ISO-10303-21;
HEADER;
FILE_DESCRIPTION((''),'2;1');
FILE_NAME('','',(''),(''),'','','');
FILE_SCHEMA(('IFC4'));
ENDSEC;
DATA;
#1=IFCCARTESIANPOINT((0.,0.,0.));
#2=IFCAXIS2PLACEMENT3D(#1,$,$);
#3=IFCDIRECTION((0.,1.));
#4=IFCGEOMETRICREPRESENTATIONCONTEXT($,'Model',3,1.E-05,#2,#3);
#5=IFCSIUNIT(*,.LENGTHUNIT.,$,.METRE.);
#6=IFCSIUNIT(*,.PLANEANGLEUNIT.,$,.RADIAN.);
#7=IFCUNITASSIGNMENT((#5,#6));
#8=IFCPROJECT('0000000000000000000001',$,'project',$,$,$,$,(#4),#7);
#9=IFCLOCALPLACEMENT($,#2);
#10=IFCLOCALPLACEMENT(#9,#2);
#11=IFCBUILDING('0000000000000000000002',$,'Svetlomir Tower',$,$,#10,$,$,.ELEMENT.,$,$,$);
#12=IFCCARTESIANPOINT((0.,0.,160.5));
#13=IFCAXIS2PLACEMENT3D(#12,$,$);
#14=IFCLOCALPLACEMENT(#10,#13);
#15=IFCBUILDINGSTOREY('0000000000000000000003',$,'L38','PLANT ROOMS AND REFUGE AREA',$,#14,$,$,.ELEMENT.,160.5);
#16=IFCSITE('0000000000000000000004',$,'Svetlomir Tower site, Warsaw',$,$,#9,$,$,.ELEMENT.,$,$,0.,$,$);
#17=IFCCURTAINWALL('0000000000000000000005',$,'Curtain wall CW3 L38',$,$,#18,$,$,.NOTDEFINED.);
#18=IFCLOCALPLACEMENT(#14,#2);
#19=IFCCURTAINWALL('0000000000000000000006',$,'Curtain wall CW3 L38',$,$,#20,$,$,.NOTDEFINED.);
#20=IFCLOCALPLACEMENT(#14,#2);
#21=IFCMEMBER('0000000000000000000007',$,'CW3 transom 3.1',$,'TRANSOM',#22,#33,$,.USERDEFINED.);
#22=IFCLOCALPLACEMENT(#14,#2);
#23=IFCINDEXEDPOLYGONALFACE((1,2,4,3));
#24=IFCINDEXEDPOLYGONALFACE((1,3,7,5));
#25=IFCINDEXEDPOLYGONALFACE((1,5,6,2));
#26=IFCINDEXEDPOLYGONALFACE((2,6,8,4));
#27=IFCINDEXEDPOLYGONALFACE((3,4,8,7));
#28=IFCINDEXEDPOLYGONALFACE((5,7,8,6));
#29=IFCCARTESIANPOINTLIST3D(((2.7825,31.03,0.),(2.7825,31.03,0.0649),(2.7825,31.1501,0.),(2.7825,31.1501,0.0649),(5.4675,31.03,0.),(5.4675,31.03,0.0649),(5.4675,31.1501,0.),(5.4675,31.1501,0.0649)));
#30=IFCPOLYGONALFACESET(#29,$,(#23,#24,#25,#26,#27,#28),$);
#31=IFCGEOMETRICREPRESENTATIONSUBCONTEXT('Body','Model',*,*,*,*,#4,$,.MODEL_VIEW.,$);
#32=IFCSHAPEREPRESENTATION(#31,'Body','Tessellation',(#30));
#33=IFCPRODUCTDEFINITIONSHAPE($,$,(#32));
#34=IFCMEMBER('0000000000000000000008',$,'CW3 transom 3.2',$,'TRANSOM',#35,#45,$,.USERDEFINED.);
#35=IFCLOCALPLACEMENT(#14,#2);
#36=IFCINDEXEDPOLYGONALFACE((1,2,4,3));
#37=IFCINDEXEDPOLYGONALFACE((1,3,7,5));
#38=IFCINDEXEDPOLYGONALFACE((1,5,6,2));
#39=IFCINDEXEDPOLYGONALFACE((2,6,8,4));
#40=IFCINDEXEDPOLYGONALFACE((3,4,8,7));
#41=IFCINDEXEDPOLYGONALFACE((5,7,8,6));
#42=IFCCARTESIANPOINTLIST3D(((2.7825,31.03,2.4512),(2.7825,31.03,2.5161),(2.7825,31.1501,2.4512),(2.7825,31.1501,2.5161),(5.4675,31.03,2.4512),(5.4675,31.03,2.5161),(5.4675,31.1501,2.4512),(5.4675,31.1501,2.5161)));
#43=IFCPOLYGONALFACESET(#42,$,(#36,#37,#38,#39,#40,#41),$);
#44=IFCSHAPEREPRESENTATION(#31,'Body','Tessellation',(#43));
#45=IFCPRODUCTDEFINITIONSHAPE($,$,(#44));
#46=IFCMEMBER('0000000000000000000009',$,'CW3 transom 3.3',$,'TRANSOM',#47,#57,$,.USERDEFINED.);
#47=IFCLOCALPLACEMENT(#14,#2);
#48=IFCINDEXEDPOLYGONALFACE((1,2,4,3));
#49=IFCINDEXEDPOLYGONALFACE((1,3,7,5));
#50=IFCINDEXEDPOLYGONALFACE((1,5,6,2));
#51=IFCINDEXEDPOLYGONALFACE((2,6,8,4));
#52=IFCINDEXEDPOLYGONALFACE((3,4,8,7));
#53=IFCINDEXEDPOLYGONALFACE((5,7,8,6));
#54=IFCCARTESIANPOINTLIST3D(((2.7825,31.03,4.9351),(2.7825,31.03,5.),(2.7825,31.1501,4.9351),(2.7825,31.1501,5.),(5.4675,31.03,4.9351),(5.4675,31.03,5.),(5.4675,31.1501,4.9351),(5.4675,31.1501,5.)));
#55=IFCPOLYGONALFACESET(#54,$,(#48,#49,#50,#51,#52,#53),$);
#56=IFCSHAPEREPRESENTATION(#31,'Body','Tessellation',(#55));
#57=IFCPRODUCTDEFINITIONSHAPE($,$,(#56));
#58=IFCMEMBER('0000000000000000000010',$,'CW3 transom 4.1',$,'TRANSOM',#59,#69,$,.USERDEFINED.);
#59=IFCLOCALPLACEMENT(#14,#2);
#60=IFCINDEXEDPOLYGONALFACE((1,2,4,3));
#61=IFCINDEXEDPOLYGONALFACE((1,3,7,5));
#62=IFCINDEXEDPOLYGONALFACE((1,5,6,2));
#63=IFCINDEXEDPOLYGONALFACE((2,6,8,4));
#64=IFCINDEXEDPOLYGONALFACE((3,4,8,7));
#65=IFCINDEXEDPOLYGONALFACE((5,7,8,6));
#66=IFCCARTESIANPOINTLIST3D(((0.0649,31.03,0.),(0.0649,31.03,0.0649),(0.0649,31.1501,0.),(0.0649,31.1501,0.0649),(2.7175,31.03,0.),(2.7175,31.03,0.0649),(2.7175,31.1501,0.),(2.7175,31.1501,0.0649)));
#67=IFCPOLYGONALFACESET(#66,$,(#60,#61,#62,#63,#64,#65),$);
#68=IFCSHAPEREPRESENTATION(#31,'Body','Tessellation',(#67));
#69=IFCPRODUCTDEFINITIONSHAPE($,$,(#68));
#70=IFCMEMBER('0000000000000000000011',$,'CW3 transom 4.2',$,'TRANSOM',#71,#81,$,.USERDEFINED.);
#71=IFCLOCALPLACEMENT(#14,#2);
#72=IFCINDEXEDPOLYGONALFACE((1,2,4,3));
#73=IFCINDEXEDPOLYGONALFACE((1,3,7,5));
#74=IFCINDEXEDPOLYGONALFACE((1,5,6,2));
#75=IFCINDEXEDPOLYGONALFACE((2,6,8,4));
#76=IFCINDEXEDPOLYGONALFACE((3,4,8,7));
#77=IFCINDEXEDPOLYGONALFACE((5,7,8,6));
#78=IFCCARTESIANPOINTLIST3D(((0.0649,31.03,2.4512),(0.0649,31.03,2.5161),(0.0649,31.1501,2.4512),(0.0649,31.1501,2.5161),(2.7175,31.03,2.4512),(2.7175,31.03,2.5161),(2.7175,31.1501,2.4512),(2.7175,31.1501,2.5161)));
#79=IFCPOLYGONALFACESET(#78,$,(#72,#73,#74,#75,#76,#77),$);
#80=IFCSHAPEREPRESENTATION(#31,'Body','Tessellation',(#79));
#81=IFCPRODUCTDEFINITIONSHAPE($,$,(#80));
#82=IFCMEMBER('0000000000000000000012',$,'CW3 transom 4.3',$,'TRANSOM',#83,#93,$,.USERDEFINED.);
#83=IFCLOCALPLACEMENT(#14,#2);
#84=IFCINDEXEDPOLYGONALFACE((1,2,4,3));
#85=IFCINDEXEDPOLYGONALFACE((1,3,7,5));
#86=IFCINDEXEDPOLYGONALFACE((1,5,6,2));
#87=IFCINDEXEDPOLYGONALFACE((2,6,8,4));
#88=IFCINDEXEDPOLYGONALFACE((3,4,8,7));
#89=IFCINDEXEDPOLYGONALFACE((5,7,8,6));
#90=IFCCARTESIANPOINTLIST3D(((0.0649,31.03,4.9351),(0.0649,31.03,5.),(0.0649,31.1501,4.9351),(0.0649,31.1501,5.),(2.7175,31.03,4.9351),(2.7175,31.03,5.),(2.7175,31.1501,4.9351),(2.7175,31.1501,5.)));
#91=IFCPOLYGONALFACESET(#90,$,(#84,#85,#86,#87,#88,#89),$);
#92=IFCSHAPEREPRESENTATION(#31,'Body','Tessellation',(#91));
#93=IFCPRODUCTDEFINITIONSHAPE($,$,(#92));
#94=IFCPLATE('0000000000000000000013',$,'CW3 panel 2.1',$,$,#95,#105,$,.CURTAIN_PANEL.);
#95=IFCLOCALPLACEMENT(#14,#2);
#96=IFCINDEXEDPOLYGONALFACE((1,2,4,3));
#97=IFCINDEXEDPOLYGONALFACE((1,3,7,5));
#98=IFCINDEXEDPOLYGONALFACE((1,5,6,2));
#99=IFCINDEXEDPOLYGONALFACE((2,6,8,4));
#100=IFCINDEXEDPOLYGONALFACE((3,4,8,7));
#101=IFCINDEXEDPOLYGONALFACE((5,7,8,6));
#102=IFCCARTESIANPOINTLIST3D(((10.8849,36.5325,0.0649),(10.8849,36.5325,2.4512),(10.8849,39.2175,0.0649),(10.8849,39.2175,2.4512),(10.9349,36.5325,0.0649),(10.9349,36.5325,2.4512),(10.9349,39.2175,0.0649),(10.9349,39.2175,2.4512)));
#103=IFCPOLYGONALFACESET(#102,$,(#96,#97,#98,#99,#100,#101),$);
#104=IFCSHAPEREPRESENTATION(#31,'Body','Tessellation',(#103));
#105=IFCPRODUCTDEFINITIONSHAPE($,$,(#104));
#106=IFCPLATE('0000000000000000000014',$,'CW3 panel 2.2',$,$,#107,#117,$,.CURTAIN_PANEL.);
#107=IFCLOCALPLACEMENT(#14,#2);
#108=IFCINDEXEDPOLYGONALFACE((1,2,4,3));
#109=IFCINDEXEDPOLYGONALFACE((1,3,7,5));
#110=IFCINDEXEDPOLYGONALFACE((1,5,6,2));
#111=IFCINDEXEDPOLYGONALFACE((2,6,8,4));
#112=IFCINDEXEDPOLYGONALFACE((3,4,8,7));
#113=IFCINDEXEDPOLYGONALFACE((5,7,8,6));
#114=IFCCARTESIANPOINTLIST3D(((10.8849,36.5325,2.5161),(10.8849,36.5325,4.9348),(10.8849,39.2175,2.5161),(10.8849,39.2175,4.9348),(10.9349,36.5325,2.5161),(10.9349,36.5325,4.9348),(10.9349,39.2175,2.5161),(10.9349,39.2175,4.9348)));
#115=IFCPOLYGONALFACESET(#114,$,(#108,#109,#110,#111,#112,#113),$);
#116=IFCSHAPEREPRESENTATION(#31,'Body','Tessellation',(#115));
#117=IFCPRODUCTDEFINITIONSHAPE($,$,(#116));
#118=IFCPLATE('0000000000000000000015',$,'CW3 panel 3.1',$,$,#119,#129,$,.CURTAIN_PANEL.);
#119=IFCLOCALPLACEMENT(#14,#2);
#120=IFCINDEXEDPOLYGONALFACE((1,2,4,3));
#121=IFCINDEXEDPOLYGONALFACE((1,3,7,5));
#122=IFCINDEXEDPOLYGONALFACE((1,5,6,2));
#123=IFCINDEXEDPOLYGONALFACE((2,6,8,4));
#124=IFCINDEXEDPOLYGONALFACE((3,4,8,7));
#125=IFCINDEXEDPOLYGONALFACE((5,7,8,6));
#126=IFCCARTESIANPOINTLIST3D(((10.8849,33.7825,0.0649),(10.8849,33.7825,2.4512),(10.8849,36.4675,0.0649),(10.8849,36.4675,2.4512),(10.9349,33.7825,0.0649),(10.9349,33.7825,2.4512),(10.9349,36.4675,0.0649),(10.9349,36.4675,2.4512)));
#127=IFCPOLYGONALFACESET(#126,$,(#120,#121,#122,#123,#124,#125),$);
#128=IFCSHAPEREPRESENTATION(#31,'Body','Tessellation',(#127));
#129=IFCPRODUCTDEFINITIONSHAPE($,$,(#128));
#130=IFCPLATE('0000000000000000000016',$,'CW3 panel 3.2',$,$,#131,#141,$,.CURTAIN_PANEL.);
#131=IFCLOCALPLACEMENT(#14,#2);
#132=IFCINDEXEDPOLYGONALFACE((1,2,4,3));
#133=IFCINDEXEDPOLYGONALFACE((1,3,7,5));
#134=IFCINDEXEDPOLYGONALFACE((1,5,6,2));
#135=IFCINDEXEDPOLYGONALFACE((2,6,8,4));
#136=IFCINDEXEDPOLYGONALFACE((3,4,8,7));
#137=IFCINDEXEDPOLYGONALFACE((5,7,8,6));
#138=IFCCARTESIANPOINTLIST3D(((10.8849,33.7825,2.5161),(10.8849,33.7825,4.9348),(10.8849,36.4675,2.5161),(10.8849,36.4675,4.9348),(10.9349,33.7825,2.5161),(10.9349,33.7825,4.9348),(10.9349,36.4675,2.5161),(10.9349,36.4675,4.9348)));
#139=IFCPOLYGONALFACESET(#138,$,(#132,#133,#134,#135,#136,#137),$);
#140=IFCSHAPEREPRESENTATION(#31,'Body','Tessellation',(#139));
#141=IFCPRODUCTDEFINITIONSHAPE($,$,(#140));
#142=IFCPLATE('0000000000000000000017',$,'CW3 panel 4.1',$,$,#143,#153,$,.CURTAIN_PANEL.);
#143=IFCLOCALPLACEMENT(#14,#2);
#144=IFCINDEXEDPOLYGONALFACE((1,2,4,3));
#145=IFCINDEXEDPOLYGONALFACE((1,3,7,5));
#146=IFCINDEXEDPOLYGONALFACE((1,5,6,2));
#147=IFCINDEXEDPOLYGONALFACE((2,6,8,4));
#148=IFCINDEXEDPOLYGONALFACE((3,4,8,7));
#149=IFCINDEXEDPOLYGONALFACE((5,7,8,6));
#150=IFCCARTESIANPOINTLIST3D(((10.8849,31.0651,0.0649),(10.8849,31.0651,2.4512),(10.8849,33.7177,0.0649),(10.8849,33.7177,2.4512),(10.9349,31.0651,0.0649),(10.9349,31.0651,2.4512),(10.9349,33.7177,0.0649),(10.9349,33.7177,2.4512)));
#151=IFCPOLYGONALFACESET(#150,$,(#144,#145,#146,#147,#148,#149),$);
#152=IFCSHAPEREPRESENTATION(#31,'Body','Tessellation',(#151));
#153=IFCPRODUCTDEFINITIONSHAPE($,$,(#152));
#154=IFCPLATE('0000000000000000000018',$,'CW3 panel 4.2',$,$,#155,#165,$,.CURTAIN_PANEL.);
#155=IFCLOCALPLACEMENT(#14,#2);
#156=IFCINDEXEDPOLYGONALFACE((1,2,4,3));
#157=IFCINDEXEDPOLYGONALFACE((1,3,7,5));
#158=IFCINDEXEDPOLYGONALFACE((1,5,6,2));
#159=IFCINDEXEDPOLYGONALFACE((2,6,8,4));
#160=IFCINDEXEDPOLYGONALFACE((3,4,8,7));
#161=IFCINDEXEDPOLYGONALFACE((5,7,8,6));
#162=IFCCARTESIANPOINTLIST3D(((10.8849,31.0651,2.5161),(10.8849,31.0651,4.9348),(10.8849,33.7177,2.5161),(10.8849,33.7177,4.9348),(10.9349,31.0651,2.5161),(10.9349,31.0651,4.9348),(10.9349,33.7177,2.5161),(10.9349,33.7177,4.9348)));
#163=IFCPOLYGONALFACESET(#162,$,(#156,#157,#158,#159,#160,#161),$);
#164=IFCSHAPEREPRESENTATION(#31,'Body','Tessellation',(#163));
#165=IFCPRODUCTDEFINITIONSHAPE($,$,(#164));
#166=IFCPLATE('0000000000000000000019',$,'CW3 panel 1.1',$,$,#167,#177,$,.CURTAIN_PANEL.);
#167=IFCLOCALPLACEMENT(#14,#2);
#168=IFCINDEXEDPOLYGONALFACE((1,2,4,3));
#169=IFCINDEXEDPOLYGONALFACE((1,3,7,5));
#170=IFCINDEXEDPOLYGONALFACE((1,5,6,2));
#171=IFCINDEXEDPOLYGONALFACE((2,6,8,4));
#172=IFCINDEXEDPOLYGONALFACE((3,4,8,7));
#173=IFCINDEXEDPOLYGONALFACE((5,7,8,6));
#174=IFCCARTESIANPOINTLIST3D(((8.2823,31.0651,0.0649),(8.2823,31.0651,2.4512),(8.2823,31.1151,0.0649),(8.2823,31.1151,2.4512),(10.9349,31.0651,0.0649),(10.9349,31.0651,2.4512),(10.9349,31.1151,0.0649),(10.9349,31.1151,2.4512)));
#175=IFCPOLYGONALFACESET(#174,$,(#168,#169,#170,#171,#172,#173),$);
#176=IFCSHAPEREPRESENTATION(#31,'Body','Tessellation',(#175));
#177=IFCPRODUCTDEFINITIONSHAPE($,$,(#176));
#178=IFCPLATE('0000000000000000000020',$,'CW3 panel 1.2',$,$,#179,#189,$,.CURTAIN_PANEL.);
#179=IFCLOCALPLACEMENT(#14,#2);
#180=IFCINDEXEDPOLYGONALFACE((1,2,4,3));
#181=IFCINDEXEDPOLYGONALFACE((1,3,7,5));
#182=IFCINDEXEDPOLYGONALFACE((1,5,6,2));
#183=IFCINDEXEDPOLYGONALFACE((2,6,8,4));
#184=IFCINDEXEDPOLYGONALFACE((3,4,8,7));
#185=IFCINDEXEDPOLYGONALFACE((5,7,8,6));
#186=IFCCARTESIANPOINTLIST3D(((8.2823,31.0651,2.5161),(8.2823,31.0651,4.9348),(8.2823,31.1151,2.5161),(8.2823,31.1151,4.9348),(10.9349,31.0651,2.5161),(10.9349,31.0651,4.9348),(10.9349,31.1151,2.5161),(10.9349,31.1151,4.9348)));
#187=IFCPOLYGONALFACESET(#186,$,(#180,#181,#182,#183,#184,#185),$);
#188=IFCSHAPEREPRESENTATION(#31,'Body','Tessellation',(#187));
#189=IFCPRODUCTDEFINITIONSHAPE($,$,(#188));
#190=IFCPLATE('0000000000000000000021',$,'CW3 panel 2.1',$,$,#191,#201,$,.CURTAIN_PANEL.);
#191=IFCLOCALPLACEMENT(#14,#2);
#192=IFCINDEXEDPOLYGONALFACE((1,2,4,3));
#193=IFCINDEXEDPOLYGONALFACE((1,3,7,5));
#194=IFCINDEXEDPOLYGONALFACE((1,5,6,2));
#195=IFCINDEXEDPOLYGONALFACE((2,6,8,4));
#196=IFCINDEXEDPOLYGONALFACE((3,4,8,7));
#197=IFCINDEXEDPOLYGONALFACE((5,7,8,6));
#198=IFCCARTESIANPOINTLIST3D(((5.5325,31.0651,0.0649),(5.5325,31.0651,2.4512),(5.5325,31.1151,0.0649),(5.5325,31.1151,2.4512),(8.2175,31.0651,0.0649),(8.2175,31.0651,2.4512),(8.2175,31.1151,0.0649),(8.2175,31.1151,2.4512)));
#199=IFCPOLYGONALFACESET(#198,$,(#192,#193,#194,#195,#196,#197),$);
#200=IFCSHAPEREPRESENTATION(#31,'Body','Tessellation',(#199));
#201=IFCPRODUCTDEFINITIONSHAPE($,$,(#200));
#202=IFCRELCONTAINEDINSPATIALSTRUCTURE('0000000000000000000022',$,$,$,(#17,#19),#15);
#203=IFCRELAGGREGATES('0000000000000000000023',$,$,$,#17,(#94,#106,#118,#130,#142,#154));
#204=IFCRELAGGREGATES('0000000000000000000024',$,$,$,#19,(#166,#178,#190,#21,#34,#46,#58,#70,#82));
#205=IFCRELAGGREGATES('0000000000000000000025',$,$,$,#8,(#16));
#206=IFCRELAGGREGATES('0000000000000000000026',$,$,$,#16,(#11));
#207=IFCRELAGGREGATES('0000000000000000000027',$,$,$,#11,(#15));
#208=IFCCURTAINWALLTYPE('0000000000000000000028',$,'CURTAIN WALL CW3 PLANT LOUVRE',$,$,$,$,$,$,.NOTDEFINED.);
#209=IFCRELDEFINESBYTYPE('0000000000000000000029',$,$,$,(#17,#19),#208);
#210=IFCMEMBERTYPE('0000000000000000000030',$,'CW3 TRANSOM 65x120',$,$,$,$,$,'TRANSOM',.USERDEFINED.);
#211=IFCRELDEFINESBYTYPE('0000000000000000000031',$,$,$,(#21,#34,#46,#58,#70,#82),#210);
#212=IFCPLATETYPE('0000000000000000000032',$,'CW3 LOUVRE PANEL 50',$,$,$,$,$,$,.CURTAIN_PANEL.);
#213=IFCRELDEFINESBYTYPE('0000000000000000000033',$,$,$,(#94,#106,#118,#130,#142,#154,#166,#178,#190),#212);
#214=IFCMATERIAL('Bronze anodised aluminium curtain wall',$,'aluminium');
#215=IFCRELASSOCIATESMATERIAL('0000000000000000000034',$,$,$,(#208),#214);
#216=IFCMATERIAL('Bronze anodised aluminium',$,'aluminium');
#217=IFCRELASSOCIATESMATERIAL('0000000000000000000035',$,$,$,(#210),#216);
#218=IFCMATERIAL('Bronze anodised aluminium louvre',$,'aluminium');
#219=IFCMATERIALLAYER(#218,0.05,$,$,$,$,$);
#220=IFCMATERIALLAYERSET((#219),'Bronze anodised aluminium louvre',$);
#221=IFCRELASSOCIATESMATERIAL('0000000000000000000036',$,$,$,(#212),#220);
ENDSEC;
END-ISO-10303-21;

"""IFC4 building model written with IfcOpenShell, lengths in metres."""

from ifc_helpers import new_model, si_unit, direction, frame, origin, origin_2d, place, context, subcontext, project, spatial, rectangle, extrude, material, layer, layer_set, material_profile, profile_set, type_object, element, aggregate, save


model = new_model("IFC4")

# Units and contexts
model_context = context("Model", 3, precision=1e-05, world=origin(), true_north=direction((0.0, 1.0)))
body_context = subcontext(model_context, "Body", "Model", "MODEL_VIEW")
ifc_project = project(units=[si_unit("LENGTHUNIT", "METRE"), si_unit("PLANEANGLEUNIT", "RADIAN")], contexts=[model_context])

# Site, building, storey
site_placement = place(None, origin())
site = spatial("IfcSite", under=ifc_project, at=site_placement, Name="Svetlomir Tower site, Warsaw", CompositionType="ELEMENT", RefElevation=0.0)
building_placement = place(site_placement, origin())
building = spatial("IfcBuilding", under=site, at=building_placement, Name="Svetlomir Tower", CompositionType="ELEMENT")
storey_placement = place(building_placement, frame((0.0, 0.0, 160.5)))
storey = spatial("IfcBuildingStorey", under=building, at=storey_placement, Name="L38", Description="PLANT ROOMS AND REFUGE AREA", CompositionType="ELEMENT", Elevation=160.5)

# Curtain walls
ifc_material_1 = material(Name="Bronze anodised aluminium curtain wall", Category="aluminium")
curtain_wall_type = type_object("IfcCurtainWallType", Name="CURTAIN WALL CW3 PLANT LOUVRE", PredefinedType="NOTDEFINED", material=ifc_material_1)
curtain_wall_1_placement = place(storey_placement, origin())
curtain_wall_1 = element("IfcCurtainWall", 1, at=curtain_wall_1_placement, inside=storey, type_object=curtain_wall_type, Name="Curtain wall CW3 L38", PredefinedType="NOTDEFINED")
curtain_wall_2_placement = place(storey_placement, origin())
curtain_wall_2 = element("IfcCurtainWall", 2, at=curtain_wall_2_placement, inside=storey, type_object=curtain_wall_type, Name="Curtain wall CW3 L38", PredefinedType="NOTDEFINED")

# Members
ifc_material_2 = material(Name="Bronze anodised aluminium", Category="aluminium")
ifc_material_profile_1 = material_profile(ifc_material_2, rectangle(XDim=0.1201, YDim=0.0649, at=origin_2d()), Name="AL 120x65")
ifc_profile_set_1 = profile_set([ifc_material_profile_1], Name="Bronze anodised aluminium 6063-T6")
member_type_1 = type_object("IfcMemberType", Name="CW3 TRANSOM 65x120", ElementType="TRANSOM", PredefinedType="USERDEFINED", material=ifc_profile_set_1)
member_1_placement = place(storey_placement, frame((5.4675, 31.0901, 0.0325), z_axis=(-1.0, 0.0, 0.0), x_axis=(0.0, -1.0, 0.0)))
member_1 = element("IfcMember", 3, at=member_1_placement, type_object=member_type_1, Name="CW3 transom 3.1", ObjectType="TRANSOM", PredefinedType="USERDEFINED", context=body_context, shape_type="SweptSolid", body=[
    extrude(rectangle(XDim=0.1201, YDim=0.0649, at=origin_2d()), origin(), (0.0, 0.0, 1.0), 2.6851),
])
member_2_placement = place(storey_placement, frame((5.4675, 31.0901, 2.4836), z_axis=(-1.0, 0.0, 0.0), x_axis=(0.0, -1.0, 0.0)))
member_2 = element("IfcMember", 4, at=member_2_placement, type_object=member_type_1, Name="CW3 transom 3.2", ObjectType="TRANSOM", PredefinedType="USERDEFINED", context=body_context, shape_type="SweptSolid", body=[
    extrude(rectangle(XDim=0.1201, YDim=0.0649, at=origin_2d()), origin(), (0.0, 0.0, 1.0), 2.6851),
])
member_3_placement = place(storey_placement, frame((5.4675, 31.0901, 4.9675), z_axis=(-1.0, 0.0, 0.0), x_axis=(0.0, -1.0, 0.0)))
member_3 = element("IfcMember", 5, at=member_3_placement, type_object=member_type_1, Name="CW3 transom 3.3", ObjectType="TRANSOM", PredefinedType="USERDEFINED", context=body_context, shape_type="SweptSolid", body=[
    extrude(rectangle(XDim=0.1201, YDim=0.0649, at=origin_2d()), origin(), (0.0, 0.0, 1.0), 2.6851),
])
member_4_placement = place(storey_placement, frame((2.7175, 31.0901, 0.0325), z_axis=(-1.0, 0.0, 0.0), x_axis=(0.0, -1.0, 0.0)))
member_4 = element("IfcMember", 6, at=member_4_placement, type_object=member_type_1, Name="CW3 transom 4.1", ObjectType="TRANSOM", PredefinedType="USERDEFINED", context=body_context, shape_type="SweptSolid", body=[
    extrude(rectangle(XDim=0.1201, YDim=0.0649, at=origin_2d()), origin(), (0.0, 0.0, 1.0), 2.6526),
])
member_5_placement = place(storey_placement, frame((2.7175, 31.0901, 2.4836), z_axis=(-1.0, 0.0, 0.0), x_axis=(0.0, -1.0, 0.0)))
member_5 = element("IfcMember", 7, at=member_5_placement, type_object=member_type_1, Name="CW3 transom 4.2", ObjectType="TRANSOM", PredefinedType="USERDEFINED", context=body_context, shape_type="SweptSolid", body=[
    extrude(rectangle(XDim=0.1201, YDim=0.0649, at=origin_2d()), origin(), (0.0, 0.0, 1.0), 2.6526),
])
member_6_placement = place(storey_placement, frame((2.7175, 31.0901, 4.9675), z_axis=(-1.0, 0.0, 0.0), x_axis=(0.0, -1.0, 0.0)))
member_6 = element("IfcMember", 8, at=member_6_placement, type_object=member_type_1, Name="CW3 transom 4.3", ObjectType="TRANSOM", PredefinedType="USERDEFINED", context=body_context, shape_type="SweptSolid", body=[
    extrude(rectangle(XDim=0.1201, YDim=0.0649, at=origin_2d()), origin(), (0.0, 0.0, 1.0), 2.6526),
])

# Plates
ifc_material_3 = material(Name="Bronze anodised aluminium louvre", Category="aluminium")
ifc_layer = layer(ifc_material_3, 0.05)
ifc_layer_set = layer_set([ifc_layer], Name="Bronze anodised aluminium louvre")
plate_type = type_object("IfcPlateType", Name="CW3 LOUVRE PANEL 50", PredefinedType="CURTAIN_PANEL", material=ifc_layer_set)
plate_1_placement = place(storey_placement, frame((10.9099, 37.875, 0.0649), z_axis=(0.0, 0.0, 1.0), x_axis=(0.0, -1.0, 0.0)))
plate_1 = element("IfcPlate", 9, at=plate_1_placement, type_object=plate_type, Name="CW3 panel 2.1", PredefinedType="CURTAIN_PANEL", context=body_context, shape_type="SweptSolid", body=[
    extrude(rectangle(XDim=2.6851, YDim=0.05, at=origin_2d()), origin(), (0.0, 0.0, 1.0), 2.3862),
])
plate_2_placement = place(storey_placement, frame((10.9099, 37.875, 2.5161), z_axis=(0.0, 0.0, 1.0), x_axis=(0.0, -1.0, 0.0)))
plate_2 = element("IfcPlate", 10, at=plate_2_placement, type_object=plate_type, Name="CW3 panel 2.2", PredefinedType="CURTAIN_PANEL", context=body_context, shape_type="SweptSolid", body=[
    extrude(rectangle(XDim=2.6851, YDim=0.05, at=origin_2d()), origin(), (0.0, 0.0, 1.0), 2.4187),
])
plate_3_placement = place(storey_placement, frame((10.9099, 35.125, 0.0649), z_axis=(0.0, 0.0, 1.0), x_axis=(0.0, -1.0, 0.0)))
plate_3 = element("IfcPlate", 11, at=plate_3_placement, type_object=plate_type, Name="CW3 panel 3.1", PredefinedType="CURTAIN_PANEL", context=body_context, shape_type="SweptSolid", body=[
    extrude(rectangle(XDim=2.6851, YDim=0.05, at=origin_2d()), origin(), (0.0, 0.0, 1.0), 2.3862),
])
plate_4_placement = place(storey_placement, frame((10.9099, 35.125, 2.5161), z_axis=(0.0, 0.0, 1.0), x_axis=(0.0, -1.0, 0.0)))
plate_4 = element("IfcPlate", 12, at=plate_4_placement, type_object=plate_type, Name="CW3 panel 3.2", PredefinedType="CURTAIN_PANEL", context=body_context, shape_type="SweptSolid", body=[
    extrude(rectangle(XDim=2.6851, YDim=0.05, at=origin_2d()), origin(), (0.0, 0.0, 1.0), 2.4187),
])
plate_5_placement = place(storey_placement, frame((10.9099, 32.3914, 0.0649), z_axis=(0.0, 0.0, 1.0), x_axis=(0.0, -1.0, 0.0)))
plate_5 = element("IfcPlate", 13, at=plate_5_placement, type_object=plate_type, Name="CW3 panel 4.1", PredefinedType="CURTAIN_PANEL", context=body_context, shape_type="SweptSolid", body=[
    extrude(rectangle(XDim=2.6526, YDim=0.05, at=origin_2d()), origin(), (0.0, 0.0, 1.0), 2.3862),
])
plate_6_placement = place(storey_placement, frame((10.9099, 32.3914, 2.5161), z_axis=(0.0, 0.0, 1.0), x_axis=(0.0, -1.0, 0.0)))
plate_6 = element("IfcPlate", 14, at=plate_6_placement, type_object=plate_type, Name="CW3 panel 4.2", PredefinedType="CURTAIN_PANEL", context=body_context, shape_type="SweptSolid", body=[
    extrude(rectangle(XDim=2.6526, YDim=0.05, at=origin_2d()), origin(), (0.0, 0.0, 1.0), 2.4187),
])
aggregate(curtain_wall_1, [plate_1, plate_2, plate_3, plate_4, plate_5, plate_6])
plate_7_placement = place(storey_placement, frame((9.6086, 31.0901, 0.0649), z_axis=(0.0, 0.0, 1.0), x_axis=(-1.0, 0.0, 0.0)))
plate_7 = element("IfcPlate", 15, at=plate_7_placement, type_object=plate_type, Name="CW3 panel 1.1", PredefinedType="CURTAIN_PANEL", context=body_context, shape_type="SweptSolid", body=[
    extrude(rectangle(XDim=2.6526, YDim=0.05, at=origin_2d()), origin(), (0.0, 0.0, 1.0), 2.3862),
])
plate_8_placement = place(storey_placement, frame((9.6086, 31.0901, 2.5161), z_axis=(0.0, 0.0, 1.0), x_axis=(-1.0, 0.0, 0.0)))
plate_8 = element("IfcPlate", 16, at=plate_8_placement, type_object=plate_type, Name="CW3 panel 1.2", PredefinedType="CURTAIN_PANEL", context=body_context, shape_type="SweptSolid", body=[
    extrude(rectangle(XDim=2.6526, YDim=0.05, at=origin_2d()), origin(), (0.0, 0.0, 1.0), 2.4187),
])
plate_9_placement = place(storey_placement, frame((6.875, 31.0901, 0.0649), z_axis=(0.0, 0.0, 1.0), x_axis=(-1.0, 0.0, 0.0)))
plate_9 = element("IfcPlate", 17, at=plate_9_placement, type_object=plate_type, Name="CW3 panel 2.1", PredefinedType="CURTAIN_PANEL", context=body_context, shape_type="SweptSolid", body=[
    extrude(rectangle(XDim=2.6851, YDim=0.05, at=origin_2d()), origin(), (0.0, 0.0, 1.0), 2.3862),
])
aggregate(curtain_wall_2, [plate_7, plate_8, plate_9, member_1, member_2, member_3, member_4, member_5, member_6])

save(model, "model.ifc")
